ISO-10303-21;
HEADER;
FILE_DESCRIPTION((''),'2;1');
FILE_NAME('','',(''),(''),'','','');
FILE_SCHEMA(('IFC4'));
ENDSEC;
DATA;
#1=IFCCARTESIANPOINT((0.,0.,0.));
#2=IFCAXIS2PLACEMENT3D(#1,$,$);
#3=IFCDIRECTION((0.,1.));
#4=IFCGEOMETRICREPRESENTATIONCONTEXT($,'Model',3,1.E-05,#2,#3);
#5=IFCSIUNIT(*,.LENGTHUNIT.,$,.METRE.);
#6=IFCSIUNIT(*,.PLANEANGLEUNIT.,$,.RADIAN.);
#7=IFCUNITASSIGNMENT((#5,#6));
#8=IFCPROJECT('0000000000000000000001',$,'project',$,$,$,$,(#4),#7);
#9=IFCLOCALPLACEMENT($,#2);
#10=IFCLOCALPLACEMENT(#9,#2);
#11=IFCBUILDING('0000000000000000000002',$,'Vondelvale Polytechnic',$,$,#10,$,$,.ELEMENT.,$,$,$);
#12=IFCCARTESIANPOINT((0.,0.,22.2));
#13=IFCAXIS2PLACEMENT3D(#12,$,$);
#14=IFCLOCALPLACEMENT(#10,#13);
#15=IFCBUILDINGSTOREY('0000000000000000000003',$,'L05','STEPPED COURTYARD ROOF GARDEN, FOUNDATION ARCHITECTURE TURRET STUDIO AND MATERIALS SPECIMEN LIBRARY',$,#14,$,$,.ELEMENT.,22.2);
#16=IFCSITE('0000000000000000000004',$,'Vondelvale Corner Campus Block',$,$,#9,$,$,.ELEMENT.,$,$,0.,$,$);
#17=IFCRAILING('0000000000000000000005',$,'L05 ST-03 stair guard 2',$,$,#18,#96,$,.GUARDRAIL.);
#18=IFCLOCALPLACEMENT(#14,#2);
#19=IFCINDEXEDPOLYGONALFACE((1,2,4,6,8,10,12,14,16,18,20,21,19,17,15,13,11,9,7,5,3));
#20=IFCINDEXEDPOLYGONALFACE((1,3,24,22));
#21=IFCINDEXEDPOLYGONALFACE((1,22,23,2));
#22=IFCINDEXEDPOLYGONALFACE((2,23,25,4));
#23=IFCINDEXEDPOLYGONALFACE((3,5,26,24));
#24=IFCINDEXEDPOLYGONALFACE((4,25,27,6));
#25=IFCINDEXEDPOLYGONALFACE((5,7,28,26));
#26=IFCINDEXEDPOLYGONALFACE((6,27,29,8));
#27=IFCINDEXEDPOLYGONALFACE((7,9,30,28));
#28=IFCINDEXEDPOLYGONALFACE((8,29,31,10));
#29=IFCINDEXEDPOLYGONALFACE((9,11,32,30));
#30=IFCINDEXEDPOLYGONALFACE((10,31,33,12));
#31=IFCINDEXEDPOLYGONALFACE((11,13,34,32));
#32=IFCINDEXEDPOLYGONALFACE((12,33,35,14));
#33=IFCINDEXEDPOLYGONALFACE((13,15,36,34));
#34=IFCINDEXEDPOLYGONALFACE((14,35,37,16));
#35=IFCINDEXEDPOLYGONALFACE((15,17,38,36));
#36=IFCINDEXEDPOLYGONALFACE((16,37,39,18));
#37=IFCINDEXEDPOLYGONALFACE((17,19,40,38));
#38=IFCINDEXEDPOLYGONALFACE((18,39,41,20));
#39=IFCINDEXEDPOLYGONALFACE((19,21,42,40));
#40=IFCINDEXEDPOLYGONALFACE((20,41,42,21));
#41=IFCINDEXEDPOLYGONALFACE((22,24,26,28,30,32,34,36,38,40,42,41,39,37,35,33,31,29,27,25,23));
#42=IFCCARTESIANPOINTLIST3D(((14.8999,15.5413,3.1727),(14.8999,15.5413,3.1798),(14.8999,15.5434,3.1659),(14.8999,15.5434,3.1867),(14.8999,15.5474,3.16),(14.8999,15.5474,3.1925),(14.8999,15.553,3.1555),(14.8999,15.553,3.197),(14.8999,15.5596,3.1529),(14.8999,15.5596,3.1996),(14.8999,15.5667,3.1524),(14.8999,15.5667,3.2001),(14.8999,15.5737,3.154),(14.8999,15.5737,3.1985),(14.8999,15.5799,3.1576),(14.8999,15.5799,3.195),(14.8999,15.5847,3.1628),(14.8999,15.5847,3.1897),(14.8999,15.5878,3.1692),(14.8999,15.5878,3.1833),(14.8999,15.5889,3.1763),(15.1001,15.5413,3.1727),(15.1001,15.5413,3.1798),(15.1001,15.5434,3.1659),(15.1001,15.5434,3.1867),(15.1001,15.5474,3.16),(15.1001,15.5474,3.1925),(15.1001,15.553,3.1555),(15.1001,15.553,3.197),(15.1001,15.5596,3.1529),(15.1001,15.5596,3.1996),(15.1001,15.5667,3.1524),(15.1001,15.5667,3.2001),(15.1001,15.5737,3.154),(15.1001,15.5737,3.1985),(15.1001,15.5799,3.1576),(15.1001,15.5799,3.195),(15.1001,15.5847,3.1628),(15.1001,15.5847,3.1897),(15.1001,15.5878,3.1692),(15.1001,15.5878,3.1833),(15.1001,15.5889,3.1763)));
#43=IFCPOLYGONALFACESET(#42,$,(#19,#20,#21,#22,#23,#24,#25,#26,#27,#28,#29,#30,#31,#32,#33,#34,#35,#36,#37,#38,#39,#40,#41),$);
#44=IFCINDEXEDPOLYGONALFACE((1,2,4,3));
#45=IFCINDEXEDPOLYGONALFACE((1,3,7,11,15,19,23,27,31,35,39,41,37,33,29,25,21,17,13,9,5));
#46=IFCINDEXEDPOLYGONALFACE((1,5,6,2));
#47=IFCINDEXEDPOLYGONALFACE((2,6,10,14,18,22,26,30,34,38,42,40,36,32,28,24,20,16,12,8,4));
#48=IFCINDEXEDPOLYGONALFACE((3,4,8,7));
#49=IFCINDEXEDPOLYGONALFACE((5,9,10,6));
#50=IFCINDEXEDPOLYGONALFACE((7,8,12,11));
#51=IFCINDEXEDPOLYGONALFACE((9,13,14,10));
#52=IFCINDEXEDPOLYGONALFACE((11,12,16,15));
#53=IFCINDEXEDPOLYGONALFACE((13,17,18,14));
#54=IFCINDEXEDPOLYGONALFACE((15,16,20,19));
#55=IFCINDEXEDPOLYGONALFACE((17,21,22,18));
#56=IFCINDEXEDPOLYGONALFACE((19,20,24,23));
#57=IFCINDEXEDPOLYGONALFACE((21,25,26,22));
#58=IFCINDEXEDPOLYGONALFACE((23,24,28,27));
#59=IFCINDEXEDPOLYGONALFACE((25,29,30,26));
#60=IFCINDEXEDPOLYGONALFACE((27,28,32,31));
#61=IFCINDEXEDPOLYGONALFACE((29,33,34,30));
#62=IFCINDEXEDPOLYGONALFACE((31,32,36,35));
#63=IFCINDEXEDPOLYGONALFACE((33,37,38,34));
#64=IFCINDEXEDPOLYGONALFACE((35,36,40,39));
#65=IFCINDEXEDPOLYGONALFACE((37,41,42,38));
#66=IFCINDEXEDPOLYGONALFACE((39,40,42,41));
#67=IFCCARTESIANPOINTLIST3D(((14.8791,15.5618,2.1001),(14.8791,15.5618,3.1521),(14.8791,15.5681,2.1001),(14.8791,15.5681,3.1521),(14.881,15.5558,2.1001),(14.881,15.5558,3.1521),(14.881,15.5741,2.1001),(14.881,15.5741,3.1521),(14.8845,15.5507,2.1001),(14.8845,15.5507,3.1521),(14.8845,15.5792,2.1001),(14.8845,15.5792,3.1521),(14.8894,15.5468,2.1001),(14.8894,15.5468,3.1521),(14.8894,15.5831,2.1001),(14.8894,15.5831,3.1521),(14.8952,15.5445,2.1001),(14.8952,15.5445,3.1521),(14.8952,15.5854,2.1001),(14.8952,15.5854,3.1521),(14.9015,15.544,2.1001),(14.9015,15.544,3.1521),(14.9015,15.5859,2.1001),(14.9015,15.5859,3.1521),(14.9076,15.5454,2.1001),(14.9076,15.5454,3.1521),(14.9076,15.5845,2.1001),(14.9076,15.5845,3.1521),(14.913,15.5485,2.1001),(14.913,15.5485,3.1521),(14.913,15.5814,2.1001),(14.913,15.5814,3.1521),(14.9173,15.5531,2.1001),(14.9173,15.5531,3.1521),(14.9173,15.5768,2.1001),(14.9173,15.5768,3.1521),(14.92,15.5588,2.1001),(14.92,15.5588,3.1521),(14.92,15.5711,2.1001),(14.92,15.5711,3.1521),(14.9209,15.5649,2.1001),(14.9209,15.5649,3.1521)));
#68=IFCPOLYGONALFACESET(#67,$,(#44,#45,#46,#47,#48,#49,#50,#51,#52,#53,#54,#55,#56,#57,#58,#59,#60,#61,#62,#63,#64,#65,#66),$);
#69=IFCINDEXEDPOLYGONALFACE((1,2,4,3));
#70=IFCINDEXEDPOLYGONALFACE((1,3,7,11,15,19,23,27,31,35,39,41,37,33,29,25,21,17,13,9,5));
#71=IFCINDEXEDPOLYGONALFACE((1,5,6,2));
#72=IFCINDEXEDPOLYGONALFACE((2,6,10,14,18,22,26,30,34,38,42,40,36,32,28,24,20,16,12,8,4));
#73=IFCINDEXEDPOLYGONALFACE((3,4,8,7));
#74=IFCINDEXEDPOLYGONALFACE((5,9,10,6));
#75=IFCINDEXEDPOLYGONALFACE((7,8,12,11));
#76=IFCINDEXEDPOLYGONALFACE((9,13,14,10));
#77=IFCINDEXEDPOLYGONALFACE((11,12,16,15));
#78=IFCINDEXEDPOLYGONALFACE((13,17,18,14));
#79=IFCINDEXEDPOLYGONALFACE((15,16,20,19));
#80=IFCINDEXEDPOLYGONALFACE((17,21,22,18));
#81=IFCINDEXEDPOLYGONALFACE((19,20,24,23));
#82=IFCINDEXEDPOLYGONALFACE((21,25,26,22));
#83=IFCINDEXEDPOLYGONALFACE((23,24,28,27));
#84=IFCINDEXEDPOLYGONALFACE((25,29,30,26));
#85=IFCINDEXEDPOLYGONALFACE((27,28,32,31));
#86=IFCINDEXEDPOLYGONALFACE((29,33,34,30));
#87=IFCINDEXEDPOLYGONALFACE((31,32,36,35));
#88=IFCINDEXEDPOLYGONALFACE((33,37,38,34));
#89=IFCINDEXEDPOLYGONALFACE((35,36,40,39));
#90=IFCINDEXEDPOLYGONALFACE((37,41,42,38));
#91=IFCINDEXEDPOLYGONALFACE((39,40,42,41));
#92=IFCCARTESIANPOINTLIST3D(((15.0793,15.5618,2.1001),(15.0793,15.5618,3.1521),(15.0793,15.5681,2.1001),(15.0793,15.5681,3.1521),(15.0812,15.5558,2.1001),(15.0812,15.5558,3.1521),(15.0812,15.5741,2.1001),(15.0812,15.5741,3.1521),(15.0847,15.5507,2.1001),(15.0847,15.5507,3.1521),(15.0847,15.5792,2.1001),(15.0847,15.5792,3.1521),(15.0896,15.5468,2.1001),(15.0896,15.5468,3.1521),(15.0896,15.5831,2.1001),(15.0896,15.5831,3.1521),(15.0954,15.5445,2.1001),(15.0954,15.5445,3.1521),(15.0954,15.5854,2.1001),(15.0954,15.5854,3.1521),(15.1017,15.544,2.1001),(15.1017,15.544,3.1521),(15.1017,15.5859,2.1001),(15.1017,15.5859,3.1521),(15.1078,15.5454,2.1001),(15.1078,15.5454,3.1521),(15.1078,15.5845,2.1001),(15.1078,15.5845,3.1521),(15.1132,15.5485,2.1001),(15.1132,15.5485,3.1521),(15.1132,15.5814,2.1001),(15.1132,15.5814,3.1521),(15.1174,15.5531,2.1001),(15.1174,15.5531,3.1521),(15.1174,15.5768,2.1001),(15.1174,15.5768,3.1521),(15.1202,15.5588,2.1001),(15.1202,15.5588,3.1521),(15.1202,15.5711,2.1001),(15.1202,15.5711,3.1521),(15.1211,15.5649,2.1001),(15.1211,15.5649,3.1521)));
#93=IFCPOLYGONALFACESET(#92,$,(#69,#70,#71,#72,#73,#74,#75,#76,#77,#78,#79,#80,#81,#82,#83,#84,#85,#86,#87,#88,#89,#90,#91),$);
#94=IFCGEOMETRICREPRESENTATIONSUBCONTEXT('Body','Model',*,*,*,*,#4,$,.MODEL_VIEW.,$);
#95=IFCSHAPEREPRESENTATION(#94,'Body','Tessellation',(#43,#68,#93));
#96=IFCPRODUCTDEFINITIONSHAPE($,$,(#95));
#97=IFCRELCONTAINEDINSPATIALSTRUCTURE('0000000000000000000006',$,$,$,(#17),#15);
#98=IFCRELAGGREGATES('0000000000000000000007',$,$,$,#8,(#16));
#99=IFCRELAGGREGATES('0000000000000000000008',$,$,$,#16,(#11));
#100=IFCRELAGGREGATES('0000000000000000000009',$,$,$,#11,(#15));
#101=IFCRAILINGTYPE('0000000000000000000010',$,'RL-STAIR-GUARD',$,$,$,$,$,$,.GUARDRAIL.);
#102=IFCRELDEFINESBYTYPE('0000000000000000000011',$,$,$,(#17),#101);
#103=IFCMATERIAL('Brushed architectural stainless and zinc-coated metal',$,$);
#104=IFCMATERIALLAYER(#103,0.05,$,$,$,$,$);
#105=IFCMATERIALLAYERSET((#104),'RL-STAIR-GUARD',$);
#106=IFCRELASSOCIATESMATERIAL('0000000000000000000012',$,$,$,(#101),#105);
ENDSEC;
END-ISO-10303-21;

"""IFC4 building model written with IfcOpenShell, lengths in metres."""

from ifc_helpers import new_model, si_unit, direction, frame, origin, origin_2d, place, context, subcontext, project, spatial, circle, extrude, material, layer, layer_set, type_object, element, save


model = new_model("IFC4")

# Units and contexts
model_context = context("Model", 3, precision=1e-05, world=origin(), true_north=direction((0.0, 1.0)))
body_context = subcontext(model_context, "Body", "Model", "MODEL_VIEW")
ifc_project = project(units=[si_unit("LENGTHUNIT", "METRE"), si_unit("PLANEANGLEUNIT", "RADIAN")], contexts=[model_context])

# Site, building, storey
site_placement = place(None, origin())
site = spatial("IfcSite", under=ifc_project, at=site_placement, Name="Vondelvale Corner Campus Block", CompositionType="ELEMENT", RefElevation=0.0)
building_placement = place(site_placement, origin())
building = spatial("IfcBuilding", under=site, at=building_placement, Name="Vondelvale Polytechnic", CompositionType="ELEMENT")
storey_placement = place(building_placement, frame((0.0, 0.0, 22.2)))
storey = spatial("IfcBuildingStorey", under=building, at=storey_placement, Name="L05", Description="STEPPED COURTYARD ROOF GARDEN, FOUNDATION ARCHITECTURE TURRET STUDIO AND MATERIALS SPECIMEN LIBRARY", CompositionType="ELEMENT", Elevation=22.2)

# Railing
ifc_material_1 = material(Name="Brushed architectural stainless and zinc-coated metal")
ifc_layer_1 = layer(ifc_material_1, 0.05)
ifc_layer_set_1 = layer_set([ifc_layer_1], Name="RL-STAIR-GUARD")
railing_type_1 = type_object("IfcRailingType", Name="RL-STAIR-GUARD", PredefinedType="GUARDRAIL", material=ifc_layer_set_1)
railing_1_placement = place(storey_placement, frame((14.8999, 15.5649, 2.1001)))
element("IfcRailing", 1, at=railing_1_placement, inside=storey, type_object=railing_type_1, Name="L05 ST-03 stair guard 2", PredefinedType="GUARDRAIL", context=body_context, shape_type="SweptSolid", body=[
    extrude(circle(Radius=0.0239, at=origin_2d()), frame((0.0, 0.0, 1.0762), z_axis=(1.0, 0.0, 0.0), x_axis=(0.0, 1.0, 0.0)), (0.0, 0.0, 1.0), 0.2002),
    extrude(circle(Radius=0.021, at=origin_2d()), origin(), (0.0, 0.0, 1.0), 1.052),
    extrude(circle(Radius=0.021, at=origin_2d()), frame((0.2002, 0.0, 0.0)), (0.0, 0.0, 1.0), 1.052),
])

save(model, "model.ifc")
